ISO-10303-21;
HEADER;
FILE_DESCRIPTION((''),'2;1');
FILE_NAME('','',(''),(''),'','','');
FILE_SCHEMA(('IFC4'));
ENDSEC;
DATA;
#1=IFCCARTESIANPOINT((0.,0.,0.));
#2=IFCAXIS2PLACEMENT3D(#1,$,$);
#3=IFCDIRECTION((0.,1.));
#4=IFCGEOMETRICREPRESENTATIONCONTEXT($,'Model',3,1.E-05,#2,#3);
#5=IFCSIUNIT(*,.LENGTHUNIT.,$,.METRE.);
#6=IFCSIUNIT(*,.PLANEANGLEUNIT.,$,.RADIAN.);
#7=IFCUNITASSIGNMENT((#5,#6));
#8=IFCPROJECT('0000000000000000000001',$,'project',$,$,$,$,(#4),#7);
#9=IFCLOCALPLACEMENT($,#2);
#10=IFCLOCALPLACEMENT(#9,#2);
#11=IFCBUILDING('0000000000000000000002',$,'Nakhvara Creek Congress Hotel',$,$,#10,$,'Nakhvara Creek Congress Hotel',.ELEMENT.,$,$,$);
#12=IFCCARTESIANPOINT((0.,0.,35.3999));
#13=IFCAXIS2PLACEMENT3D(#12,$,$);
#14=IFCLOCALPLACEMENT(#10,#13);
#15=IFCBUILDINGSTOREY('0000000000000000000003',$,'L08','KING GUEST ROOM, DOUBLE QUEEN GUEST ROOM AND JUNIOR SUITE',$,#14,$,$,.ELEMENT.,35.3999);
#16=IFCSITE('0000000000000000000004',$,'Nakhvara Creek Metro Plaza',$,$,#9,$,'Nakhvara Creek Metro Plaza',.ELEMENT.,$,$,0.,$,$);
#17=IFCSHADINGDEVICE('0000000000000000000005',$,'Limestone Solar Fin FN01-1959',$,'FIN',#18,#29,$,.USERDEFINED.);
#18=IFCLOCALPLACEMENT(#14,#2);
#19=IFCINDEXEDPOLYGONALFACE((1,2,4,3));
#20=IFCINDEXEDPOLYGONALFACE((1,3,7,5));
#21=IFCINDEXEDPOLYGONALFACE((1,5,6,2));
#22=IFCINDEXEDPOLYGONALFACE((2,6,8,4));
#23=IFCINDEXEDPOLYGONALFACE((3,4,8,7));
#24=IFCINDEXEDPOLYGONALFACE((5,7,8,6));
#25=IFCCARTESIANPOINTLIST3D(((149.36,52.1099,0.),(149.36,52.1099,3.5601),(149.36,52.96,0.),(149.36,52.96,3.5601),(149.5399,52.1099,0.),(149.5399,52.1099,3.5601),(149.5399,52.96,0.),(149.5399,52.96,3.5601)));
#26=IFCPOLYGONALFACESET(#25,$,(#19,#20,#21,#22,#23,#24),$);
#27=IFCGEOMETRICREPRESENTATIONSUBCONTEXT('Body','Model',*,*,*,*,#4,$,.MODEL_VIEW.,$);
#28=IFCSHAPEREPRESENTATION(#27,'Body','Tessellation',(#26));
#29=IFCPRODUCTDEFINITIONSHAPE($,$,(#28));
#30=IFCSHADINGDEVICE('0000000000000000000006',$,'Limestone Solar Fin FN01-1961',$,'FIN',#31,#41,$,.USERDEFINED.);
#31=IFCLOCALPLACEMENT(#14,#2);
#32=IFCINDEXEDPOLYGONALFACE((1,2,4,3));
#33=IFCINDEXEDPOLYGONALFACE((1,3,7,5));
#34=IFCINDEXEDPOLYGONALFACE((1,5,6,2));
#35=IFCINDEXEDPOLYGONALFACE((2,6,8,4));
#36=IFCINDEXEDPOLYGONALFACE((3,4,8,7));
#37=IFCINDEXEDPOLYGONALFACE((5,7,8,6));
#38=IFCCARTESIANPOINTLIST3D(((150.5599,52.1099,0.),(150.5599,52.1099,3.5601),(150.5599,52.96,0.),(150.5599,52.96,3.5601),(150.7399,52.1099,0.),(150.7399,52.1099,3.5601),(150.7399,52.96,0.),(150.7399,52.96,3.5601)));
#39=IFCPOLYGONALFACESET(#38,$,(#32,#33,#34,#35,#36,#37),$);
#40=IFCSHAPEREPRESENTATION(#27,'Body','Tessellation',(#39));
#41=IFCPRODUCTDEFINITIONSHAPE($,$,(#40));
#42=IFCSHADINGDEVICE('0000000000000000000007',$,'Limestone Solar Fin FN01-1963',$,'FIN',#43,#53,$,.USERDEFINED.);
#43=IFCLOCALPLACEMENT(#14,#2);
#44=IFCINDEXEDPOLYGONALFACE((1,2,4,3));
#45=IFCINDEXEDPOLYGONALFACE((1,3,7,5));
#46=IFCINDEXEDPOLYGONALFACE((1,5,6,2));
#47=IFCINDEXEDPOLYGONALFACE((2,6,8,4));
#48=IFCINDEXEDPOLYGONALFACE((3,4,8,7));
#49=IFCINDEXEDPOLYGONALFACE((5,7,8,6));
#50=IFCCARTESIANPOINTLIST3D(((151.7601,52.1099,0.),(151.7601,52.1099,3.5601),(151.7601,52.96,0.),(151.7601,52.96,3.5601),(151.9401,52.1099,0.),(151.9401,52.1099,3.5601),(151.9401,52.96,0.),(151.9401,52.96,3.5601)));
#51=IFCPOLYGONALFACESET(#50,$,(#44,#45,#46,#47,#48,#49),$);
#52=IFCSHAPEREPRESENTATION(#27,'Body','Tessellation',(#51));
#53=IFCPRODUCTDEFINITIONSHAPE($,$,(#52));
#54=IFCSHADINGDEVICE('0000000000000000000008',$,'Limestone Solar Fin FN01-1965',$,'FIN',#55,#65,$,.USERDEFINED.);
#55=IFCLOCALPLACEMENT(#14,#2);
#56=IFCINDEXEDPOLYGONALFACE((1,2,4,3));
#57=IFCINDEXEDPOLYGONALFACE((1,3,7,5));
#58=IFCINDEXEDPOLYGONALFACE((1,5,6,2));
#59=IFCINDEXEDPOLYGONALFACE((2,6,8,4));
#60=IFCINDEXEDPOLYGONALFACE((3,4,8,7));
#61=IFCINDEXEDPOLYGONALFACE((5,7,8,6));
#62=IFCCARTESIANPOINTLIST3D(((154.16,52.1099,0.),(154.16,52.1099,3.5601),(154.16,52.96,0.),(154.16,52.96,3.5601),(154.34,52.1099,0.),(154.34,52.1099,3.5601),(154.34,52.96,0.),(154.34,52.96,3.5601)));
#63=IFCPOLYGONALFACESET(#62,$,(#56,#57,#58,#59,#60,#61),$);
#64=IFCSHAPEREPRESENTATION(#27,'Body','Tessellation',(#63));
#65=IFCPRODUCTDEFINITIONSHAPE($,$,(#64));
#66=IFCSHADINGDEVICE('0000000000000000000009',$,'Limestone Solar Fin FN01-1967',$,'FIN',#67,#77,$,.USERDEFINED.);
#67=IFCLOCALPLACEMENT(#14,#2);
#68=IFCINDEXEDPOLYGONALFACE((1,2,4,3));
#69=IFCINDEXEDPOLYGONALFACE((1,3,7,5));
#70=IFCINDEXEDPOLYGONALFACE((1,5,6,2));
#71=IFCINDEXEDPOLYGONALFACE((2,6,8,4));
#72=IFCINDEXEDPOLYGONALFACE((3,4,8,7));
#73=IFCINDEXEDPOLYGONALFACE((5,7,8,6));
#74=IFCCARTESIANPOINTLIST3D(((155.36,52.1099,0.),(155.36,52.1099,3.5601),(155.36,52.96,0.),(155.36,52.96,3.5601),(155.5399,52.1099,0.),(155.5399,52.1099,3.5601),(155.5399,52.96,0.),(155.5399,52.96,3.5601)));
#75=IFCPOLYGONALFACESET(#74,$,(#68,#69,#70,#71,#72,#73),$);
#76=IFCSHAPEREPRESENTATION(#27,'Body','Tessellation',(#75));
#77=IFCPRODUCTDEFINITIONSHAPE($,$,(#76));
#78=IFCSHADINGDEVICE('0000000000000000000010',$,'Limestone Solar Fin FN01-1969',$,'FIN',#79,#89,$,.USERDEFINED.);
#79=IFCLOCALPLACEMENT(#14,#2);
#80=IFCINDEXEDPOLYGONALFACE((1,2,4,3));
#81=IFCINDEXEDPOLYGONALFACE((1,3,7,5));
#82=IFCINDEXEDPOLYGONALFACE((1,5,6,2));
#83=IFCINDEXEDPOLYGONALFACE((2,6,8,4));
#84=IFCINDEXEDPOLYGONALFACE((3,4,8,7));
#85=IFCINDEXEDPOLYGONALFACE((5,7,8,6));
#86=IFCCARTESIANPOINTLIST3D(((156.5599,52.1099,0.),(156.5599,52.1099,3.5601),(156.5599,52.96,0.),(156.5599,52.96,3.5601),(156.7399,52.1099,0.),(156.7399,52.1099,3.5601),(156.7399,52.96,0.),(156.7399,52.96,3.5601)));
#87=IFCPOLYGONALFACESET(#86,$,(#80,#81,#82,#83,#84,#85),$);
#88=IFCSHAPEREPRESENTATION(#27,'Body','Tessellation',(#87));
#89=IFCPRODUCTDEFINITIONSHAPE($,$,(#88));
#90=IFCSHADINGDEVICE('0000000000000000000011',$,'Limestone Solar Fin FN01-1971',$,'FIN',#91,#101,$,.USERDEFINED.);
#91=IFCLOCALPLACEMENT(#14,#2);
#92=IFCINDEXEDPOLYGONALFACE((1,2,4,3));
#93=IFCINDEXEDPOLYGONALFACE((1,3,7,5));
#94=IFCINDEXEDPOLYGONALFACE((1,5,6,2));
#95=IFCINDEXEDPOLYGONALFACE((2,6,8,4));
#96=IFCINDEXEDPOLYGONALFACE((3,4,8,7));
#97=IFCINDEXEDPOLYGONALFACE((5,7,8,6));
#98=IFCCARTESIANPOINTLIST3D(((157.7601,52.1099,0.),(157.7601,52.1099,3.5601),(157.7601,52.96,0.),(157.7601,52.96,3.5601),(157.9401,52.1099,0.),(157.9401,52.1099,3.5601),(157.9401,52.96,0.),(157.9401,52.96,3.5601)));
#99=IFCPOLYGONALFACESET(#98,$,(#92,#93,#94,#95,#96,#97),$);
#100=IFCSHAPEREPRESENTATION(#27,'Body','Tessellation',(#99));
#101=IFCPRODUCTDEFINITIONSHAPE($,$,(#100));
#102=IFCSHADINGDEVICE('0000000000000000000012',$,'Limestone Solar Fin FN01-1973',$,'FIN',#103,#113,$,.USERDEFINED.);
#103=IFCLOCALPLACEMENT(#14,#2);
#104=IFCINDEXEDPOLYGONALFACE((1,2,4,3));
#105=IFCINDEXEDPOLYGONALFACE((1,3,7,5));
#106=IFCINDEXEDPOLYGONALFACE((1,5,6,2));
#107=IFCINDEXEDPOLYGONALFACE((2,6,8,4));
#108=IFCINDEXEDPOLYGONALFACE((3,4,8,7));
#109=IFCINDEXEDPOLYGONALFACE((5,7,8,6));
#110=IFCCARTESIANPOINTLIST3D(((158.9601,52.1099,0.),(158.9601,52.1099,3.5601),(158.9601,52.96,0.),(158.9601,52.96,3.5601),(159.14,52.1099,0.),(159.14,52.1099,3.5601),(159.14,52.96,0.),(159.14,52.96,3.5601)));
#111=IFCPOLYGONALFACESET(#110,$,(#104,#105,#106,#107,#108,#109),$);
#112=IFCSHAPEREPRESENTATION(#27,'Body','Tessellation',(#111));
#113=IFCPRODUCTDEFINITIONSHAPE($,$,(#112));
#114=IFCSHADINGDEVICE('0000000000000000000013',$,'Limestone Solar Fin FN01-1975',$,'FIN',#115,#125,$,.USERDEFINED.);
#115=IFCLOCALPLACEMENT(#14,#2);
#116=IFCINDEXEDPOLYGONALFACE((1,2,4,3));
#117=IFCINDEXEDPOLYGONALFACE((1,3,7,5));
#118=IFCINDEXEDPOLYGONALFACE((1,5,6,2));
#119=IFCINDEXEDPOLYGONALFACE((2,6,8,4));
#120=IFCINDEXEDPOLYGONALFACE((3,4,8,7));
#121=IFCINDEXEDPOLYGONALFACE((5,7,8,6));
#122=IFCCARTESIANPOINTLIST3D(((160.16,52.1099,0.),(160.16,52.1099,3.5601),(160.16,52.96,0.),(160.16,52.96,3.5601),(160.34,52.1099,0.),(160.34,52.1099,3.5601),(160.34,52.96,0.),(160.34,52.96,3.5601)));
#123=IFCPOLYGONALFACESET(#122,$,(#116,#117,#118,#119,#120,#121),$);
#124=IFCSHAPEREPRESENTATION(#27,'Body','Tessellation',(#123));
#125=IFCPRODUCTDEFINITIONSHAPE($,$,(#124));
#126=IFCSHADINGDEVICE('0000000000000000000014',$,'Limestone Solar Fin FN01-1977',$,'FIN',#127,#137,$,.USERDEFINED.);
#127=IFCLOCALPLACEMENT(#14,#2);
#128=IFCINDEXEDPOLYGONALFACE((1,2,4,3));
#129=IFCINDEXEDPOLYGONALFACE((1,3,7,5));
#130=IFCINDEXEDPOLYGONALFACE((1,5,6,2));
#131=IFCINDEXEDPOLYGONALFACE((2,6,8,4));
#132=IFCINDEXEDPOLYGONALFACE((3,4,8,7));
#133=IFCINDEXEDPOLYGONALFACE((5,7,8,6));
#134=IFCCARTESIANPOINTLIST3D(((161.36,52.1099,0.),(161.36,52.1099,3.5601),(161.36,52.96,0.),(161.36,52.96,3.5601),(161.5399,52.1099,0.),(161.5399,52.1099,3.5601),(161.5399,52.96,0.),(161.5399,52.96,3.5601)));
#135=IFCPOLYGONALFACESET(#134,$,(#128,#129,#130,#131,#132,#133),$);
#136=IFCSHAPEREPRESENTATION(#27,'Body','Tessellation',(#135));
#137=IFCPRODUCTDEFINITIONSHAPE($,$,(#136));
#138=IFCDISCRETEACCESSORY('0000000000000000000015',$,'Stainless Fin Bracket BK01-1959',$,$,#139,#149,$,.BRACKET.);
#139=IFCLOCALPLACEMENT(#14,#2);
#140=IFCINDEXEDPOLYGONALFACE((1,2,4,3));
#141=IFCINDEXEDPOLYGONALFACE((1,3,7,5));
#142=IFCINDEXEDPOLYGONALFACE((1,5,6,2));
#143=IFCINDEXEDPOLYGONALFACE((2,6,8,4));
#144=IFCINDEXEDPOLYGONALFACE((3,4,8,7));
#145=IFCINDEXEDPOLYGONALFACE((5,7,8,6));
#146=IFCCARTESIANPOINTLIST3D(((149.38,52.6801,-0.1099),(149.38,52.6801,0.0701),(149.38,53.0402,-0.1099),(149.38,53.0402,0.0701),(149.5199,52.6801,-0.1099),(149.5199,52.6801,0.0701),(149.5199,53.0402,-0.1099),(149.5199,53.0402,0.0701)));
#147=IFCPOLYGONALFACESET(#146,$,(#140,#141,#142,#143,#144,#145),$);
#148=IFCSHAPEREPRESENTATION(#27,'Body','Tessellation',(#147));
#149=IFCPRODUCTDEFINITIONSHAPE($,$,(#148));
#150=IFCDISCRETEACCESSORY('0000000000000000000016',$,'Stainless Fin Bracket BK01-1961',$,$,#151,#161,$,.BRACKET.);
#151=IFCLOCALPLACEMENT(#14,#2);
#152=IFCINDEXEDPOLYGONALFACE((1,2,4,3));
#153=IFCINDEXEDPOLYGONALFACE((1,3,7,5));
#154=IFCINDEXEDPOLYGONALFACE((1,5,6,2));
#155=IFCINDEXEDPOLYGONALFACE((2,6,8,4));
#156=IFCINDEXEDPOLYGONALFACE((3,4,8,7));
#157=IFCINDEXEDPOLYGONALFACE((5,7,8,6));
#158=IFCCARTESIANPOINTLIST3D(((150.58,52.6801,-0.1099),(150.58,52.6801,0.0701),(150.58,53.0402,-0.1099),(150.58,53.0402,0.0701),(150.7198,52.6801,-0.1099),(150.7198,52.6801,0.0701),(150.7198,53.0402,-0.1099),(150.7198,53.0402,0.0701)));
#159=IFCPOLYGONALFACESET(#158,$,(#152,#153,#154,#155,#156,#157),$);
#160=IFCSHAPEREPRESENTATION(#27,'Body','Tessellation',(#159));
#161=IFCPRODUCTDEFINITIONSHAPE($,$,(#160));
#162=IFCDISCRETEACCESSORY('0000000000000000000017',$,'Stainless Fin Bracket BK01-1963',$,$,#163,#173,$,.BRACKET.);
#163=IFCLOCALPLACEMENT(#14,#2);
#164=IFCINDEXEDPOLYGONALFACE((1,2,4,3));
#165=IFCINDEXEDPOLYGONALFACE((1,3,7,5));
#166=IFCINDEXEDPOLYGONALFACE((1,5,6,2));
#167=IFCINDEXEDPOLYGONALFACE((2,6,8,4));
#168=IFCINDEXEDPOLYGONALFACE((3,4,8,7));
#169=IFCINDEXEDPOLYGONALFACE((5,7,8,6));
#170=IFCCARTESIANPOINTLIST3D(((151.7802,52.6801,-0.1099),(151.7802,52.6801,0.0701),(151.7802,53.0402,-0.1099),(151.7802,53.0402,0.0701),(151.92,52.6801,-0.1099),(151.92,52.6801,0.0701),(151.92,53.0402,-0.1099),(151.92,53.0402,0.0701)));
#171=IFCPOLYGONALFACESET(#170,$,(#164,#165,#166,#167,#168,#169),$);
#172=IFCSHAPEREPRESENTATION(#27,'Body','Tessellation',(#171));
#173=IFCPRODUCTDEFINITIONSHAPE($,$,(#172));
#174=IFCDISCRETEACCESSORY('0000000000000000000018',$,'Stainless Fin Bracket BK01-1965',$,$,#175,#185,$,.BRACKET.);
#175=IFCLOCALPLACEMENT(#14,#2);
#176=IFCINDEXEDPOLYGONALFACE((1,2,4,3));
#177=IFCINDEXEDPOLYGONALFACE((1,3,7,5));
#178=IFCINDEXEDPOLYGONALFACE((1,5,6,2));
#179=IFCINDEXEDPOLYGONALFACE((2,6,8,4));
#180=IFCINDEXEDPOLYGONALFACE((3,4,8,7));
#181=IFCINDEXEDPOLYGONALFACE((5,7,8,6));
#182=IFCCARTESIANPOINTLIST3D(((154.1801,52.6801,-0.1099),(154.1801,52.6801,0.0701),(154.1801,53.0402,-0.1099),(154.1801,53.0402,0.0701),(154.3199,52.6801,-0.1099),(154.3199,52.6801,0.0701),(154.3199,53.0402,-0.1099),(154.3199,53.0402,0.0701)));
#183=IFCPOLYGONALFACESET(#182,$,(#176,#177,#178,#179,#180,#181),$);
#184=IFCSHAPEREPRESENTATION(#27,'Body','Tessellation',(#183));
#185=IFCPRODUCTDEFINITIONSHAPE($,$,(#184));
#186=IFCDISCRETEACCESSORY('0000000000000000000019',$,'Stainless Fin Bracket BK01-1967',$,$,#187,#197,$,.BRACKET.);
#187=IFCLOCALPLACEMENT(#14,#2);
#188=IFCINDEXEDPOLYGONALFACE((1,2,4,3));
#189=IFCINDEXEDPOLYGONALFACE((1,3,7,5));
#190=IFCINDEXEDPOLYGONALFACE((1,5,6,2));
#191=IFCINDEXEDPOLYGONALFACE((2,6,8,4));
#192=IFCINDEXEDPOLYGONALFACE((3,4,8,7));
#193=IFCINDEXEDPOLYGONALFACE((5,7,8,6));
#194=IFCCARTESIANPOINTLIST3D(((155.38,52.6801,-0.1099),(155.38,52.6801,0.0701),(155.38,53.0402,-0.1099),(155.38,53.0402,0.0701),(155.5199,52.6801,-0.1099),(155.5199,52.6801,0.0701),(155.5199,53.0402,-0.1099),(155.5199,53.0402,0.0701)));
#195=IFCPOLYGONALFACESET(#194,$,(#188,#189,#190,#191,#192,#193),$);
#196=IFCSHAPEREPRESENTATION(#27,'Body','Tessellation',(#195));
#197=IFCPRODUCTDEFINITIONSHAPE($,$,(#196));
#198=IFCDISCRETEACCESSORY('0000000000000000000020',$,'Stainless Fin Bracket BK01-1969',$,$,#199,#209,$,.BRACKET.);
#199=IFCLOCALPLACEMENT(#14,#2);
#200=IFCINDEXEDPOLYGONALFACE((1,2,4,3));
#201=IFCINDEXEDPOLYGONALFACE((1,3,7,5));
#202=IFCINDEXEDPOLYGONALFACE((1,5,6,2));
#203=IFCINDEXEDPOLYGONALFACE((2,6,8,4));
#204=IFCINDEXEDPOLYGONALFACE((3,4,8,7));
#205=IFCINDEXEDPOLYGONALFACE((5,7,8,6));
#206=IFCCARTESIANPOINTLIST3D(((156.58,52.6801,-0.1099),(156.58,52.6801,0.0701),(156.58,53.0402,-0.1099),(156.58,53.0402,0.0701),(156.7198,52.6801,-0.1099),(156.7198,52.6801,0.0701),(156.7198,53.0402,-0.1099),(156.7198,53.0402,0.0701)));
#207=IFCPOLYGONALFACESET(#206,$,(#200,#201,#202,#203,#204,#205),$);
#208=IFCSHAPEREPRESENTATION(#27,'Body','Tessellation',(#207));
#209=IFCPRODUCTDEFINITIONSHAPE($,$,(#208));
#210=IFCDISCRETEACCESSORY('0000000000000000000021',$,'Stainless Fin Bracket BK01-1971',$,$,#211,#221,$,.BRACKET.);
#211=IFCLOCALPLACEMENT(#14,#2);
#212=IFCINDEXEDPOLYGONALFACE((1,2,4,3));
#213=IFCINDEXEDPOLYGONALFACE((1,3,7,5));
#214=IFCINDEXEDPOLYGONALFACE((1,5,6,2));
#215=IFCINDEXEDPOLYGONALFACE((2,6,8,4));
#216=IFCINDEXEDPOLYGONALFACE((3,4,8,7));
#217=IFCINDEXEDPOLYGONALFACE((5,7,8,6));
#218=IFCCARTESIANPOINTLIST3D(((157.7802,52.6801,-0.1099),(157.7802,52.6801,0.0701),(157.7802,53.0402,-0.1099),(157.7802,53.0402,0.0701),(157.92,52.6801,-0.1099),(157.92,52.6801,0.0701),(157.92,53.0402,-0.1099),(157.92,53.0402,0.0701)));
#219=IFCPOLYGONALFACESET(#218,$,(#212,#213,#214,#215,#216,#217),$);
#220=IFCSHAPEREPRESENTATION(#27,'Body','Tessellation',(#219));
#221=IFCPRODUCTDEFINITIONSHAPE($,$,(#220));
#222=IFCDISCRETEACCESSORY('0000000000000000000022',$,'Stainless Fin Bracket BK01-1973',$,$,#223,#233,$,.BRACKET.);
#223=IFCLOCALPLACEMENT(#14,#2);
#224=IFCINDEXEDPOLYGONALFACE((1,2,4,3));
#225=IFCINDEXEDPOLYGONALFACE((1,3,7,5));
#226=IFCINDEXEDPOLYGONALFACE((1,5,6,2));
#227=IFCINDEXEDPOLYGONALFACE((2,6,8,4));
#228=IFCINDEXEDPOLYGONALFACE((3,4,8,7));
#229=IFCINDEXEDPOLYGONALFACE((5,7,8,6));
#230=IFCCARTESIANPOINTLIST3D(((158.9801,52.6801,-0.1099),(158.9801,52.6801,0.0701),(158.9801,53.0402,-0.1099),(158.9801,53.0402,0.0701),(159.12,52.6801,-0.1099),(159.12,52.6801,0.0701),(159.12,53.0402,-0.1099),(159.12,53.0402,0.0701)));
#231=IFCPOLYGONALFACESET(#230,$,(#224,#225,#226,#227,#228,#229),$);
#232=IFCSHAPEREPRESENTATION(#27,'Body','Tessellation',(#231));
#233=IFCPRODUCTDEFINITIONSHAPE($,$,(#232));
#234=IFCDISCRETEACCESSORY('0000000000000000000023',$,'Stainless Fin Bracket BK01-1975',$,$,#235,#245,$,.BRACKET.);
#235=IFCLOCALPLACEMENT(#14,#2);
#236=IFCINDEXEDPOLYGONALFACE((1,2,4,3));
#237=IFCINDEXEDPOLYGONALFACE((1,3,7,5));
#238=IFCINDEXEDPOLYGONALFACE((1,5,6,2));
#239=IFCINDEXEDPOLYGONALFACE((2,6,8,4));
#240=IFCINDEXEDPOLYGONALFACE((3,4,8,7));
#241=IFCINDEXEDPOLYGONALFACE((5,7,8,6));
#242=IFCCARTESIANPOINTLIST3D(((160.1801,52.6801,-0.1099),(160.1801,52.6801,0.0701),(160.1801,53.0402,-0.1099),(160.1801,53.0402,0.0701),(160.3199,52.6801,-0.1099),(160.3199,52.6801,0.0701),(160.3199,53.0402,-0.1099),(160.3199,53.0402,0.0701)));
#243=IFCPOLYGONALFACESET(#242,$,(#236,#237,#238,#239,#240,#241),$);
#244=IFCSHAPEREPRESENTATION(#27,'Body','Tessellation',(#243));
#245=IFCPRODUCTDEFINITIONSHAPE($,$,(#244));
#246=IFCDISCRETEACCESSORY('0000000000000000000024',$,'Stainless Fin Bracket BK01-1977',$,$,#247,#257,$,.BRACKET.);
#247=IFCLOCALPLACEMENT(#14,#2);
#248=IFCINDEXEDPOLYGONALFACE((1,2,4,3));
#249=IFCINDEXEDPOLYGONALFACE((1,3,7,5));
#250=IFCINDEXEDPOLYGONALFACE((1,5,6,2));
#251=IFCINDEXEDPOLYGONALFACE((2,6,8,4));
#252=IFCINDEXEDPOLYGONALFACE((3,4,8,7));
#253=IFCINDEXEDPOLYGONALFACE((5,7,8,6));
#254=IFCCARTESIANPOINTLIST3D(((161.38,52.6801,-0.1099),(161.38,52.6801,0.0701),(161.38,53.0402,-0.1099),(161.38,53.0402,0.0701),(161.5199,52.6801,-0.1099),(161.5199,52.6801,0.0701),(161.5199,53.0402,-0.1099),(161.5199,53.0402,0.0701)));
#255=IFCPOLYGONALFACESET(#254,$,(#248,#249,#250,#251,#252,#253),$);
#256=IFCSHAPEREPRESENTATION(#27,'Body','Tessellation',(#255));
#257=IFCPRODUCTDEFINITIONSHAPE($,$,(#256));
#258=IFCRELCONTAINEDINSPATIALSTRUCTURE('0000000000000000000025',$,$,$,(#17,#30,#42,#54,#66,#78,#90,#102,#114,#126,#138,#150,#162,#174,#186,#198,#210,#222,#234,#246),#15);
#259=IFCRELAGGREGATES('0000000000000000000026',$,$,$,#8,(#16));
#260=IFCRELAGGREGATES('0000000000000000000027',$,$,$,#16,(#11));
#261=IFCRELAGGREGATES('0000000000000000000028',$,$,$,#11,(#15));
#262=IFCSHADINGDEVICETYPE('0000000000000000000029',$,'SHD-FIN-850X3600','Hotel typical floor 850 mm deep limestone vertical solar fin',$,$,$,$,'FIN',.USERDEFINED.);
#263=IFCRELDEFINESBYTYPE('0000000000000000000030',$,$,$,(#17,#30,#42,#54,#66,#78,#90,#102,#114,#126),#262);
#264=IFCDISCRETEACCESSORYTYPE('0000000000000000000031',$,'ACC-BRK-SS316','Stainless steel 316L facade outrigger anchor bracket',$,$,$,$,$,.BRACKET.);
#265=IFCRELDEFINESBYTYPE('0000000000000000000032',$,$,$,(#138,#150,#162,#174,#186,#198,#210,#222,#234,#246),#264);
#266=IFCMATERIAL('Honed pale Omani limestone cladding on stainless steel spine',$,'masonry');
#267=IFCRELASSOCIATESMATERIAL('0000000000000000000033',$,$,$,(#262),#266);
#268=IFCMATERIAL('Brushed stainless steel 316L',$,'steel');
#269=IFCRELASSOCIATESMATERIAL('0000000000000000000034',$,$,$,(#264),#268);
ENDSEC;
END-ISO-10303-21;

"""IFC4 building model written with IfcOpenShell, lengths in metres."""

from ifc_helpers import new_model, si_unit, direction, frame, origin, origin_2d, place, context, subcontext, project, spatial, rectangle, extrude, material, type_object, element, save


model = new_model("IFC4")

# Units and contexts
model_context = context("Model", 3, precision=1e-05, world=origin(), true_north=direction((0.0, 1.0)))
body_context = subcontext(model_context, "Body", "Model", "MODEL_VIEW")
ifc_project = project(units=[si_unit("LENGTHUNIT", "METRE"), si_unit("PLANEANGLEUNIT", "RADIAN")], contexts=[model_context])

# Site, building, storey
site_placement = place(None, origin())
site = spatial("IfcSite", under=ifc_project, at=site_placement, Name="Nakhvara Creek Metro Plaza", LongName="Nakhvara Creek Metro Plaza", CompositionType="ELEMENT", RefElevation=0.0)
building_placement = place(site_placement, origin())
building = spatial("IfcBuilding", under=site, at=building_placement, Name="Nakhvara Creek Congress Hotel", LongName="Nakhvara Creek Congress Hotel", CompositionType="ELEMENT")
storey_placement = place(building_placement, frame((0.0, 0.0, 35.3999)))
storey = spatial("IfcBuildingStorey", under=building, at=storey_placement, Name="L08", Description="KING GUEST ROOM, DOUBLE QUEEN GUEST ROOM AND JUNIOR SUITE", CompositionType="ELEMENT", Elevation=35.3999)

# Shading devices
ifc_material_1 = material(Name="Honed pale Omani limestone cladding on stainless steel spine", Category="masonry")
shading_device_type = type_object("IfcShadingDeviceType", Name="SHD-FIN-850X3600", Description="Hotel typical floor 850 mm deep limestone vertical solar fin", ElementType="FIN", PredefinedType="USERDEFINED", material=ifc_material_1)
for number, where, z_axis, x_axis, name in (
    (1, (149.45, 52.5349, 0.0), (0.0, 0.0, 1.0), (1.0, 0.0, 0.0), "Limestone Solar Fin FN01-1959"),
    (2, (150.6499, 52.5349, 0.0), (0.0, 0.0, 1.0), (1.0, 0.0, 0.0), "Limestone Solar Fin FN01-1961"),
    (3, (151.8501, 52.5349, 0.0), (0.0, 0.0, 1.0), (1.0, 0.0, 0.0), "Limestone Solar Fin FN01-1963"),
    (4, (154.25, 52.5349, 0.0), (0.0, 0.0, 1.0), (1.0, 0.0, 0.0), "Limestone Solar Fin FN01-1965"),
    (5, (155.45, 52.5349, 0.0), (0.0, 0.0, 1.0), (1.0, 0.0, 0.0), "Limestone Solar Fin FN01-1967"),
    (6, (156.6499, 52.5349, 0.0), (0.0, 0.0, 1.0), (1.0, 0.0, 0.0), "Limestone Solar Fin FN01-1969"),
    (7, (157.8501, 52.5349, 0.0), (0.0, 0.0, 1.0), (1.0, 0.0, 0.0), "Limestone Solar Fin FN01-1971"),
    (8, (159.05, 52.5349, 0.0), (0.0, 0.0, 1.0), (1.0, 0.0, 0.0), "Limestone Solar Fin FN01-1973"),
    (9, (160.25, 52.5349, 0.0), (0.0, 0.0, 1.0), (1.0, 0.0, 0.0), "Limestone Solar Fin FN01-1975"),
    (10, (161.45, 52.5349, 0.0), (0.0, 0.0, 1.0), (1.0, 0.0, 0.0), "Limestone Solar Fin FN01-1977"),
):
    element("IfcShadingDevice", number, at=place(storey_placement, frame(where, z_axis=z_axis, x_axis=x_axis)), inside=storey, type_object=shading_device_type, Name=name, ObjectType="FIN", PredefinedType="USERDEFINED", context=body_context, shape_type="SweptSolid", body=[
        extrude(rectangle(XDim=0.1799, YDim=0.8501, at=origin_2d()), origin(), (0.0, 0.0, 1.0), 3.5601),
    ])

# Discrete accessories
ifc_material_2 = material(Name="Brushed stainless steel 316L", Category="steel")
discrete_accessory_type = type_object("IfcDiscreteAccessoryType", Name="ACC-BRK-SS316", Description="Stainless steel 316L facade outrigger anchor bracket", PredefinedType="BRACKET", material=ifc_material_2)
for number, where, z_axis, x_axis, name in (
    (11, (149.45, 52.8601, -0.1099), (0.0, 0.0, 1.0), (1.0, 0.0, 0.0), "Stainless Fin Bracket BK01-1959"),
    (12, (150.6499, 52.8601, -0.1099), (0.0, 0.0, 1.0), (1.0, 0.0, 0.0), "Stainless Fin Bracket BK01-1961"),
    (13, (151.8501, 52.8601, -0.1099), (0.0, 0.0, 1.0), (1.0, 0.0, 0.0), "Stainless Fin Bracket BK01-1963"),
    (14, (154.25, 52.8601, -0.1099), (0.0, 0.0, 1.0), (1.0, 0.0, 0.0), "Stainless Fin Bracket BK01-1965"),
    (15, (155.45, 52.8601, -0.1099), (0.0, 0.0, 1.0), (1.0, 0.0, 0.0), "Stainless Fin Bracket BK01-1967"),
    (16, (156.6499, 52.8601, -0.1099), (0.0, 0.0, 1.0), (1.0, 0.0, 0.0), "Stainless Fin Bracket BK01-1969"),
    (17, (157.8501, 52.8601, -0.1099), (0.0, 0.0, 1.0), (1.0, 0.0, 0.0), "Stainless Fin Bracket BK01-1971"),
    (18, (159.05, 52.8601, -0.1099), (0.0, 0.0, 1.0), (1.0, 0.0, 0.0), "Stainless Fin Bracket BK01-1973"),
    (19, (160.25, 52.8601, -0.1099), (0.0, 0.0, 1.0), (1.0, 0.0, 0.0), "Stainless Fin Bracket BK01-1975"),
    (20, (161.45, 52.8601, -0.1099), (0.0, 0.0, 1.0), (1.0, 0.0, 0.0), "Stainless Fin Bracket BK01-1977"),
):
    element("IfcDiscreteAccessory", number, at=place(storey_placement, frame(where, z_axis=z_axis, x_axis=x_axis)), inside=storey, type_object=discrete_accessory_type, Name=name, PredefinedType="BRACKET", context=body_context, shape_type="SweptSolid", body=[
        extrude(rectangle(XDim=0.1399, YDim=0.3601, at=origin_2d()), origin(), (0.0, 0.0, 1.0), 0.1799),
    ])

save(model, "model.ifc")
